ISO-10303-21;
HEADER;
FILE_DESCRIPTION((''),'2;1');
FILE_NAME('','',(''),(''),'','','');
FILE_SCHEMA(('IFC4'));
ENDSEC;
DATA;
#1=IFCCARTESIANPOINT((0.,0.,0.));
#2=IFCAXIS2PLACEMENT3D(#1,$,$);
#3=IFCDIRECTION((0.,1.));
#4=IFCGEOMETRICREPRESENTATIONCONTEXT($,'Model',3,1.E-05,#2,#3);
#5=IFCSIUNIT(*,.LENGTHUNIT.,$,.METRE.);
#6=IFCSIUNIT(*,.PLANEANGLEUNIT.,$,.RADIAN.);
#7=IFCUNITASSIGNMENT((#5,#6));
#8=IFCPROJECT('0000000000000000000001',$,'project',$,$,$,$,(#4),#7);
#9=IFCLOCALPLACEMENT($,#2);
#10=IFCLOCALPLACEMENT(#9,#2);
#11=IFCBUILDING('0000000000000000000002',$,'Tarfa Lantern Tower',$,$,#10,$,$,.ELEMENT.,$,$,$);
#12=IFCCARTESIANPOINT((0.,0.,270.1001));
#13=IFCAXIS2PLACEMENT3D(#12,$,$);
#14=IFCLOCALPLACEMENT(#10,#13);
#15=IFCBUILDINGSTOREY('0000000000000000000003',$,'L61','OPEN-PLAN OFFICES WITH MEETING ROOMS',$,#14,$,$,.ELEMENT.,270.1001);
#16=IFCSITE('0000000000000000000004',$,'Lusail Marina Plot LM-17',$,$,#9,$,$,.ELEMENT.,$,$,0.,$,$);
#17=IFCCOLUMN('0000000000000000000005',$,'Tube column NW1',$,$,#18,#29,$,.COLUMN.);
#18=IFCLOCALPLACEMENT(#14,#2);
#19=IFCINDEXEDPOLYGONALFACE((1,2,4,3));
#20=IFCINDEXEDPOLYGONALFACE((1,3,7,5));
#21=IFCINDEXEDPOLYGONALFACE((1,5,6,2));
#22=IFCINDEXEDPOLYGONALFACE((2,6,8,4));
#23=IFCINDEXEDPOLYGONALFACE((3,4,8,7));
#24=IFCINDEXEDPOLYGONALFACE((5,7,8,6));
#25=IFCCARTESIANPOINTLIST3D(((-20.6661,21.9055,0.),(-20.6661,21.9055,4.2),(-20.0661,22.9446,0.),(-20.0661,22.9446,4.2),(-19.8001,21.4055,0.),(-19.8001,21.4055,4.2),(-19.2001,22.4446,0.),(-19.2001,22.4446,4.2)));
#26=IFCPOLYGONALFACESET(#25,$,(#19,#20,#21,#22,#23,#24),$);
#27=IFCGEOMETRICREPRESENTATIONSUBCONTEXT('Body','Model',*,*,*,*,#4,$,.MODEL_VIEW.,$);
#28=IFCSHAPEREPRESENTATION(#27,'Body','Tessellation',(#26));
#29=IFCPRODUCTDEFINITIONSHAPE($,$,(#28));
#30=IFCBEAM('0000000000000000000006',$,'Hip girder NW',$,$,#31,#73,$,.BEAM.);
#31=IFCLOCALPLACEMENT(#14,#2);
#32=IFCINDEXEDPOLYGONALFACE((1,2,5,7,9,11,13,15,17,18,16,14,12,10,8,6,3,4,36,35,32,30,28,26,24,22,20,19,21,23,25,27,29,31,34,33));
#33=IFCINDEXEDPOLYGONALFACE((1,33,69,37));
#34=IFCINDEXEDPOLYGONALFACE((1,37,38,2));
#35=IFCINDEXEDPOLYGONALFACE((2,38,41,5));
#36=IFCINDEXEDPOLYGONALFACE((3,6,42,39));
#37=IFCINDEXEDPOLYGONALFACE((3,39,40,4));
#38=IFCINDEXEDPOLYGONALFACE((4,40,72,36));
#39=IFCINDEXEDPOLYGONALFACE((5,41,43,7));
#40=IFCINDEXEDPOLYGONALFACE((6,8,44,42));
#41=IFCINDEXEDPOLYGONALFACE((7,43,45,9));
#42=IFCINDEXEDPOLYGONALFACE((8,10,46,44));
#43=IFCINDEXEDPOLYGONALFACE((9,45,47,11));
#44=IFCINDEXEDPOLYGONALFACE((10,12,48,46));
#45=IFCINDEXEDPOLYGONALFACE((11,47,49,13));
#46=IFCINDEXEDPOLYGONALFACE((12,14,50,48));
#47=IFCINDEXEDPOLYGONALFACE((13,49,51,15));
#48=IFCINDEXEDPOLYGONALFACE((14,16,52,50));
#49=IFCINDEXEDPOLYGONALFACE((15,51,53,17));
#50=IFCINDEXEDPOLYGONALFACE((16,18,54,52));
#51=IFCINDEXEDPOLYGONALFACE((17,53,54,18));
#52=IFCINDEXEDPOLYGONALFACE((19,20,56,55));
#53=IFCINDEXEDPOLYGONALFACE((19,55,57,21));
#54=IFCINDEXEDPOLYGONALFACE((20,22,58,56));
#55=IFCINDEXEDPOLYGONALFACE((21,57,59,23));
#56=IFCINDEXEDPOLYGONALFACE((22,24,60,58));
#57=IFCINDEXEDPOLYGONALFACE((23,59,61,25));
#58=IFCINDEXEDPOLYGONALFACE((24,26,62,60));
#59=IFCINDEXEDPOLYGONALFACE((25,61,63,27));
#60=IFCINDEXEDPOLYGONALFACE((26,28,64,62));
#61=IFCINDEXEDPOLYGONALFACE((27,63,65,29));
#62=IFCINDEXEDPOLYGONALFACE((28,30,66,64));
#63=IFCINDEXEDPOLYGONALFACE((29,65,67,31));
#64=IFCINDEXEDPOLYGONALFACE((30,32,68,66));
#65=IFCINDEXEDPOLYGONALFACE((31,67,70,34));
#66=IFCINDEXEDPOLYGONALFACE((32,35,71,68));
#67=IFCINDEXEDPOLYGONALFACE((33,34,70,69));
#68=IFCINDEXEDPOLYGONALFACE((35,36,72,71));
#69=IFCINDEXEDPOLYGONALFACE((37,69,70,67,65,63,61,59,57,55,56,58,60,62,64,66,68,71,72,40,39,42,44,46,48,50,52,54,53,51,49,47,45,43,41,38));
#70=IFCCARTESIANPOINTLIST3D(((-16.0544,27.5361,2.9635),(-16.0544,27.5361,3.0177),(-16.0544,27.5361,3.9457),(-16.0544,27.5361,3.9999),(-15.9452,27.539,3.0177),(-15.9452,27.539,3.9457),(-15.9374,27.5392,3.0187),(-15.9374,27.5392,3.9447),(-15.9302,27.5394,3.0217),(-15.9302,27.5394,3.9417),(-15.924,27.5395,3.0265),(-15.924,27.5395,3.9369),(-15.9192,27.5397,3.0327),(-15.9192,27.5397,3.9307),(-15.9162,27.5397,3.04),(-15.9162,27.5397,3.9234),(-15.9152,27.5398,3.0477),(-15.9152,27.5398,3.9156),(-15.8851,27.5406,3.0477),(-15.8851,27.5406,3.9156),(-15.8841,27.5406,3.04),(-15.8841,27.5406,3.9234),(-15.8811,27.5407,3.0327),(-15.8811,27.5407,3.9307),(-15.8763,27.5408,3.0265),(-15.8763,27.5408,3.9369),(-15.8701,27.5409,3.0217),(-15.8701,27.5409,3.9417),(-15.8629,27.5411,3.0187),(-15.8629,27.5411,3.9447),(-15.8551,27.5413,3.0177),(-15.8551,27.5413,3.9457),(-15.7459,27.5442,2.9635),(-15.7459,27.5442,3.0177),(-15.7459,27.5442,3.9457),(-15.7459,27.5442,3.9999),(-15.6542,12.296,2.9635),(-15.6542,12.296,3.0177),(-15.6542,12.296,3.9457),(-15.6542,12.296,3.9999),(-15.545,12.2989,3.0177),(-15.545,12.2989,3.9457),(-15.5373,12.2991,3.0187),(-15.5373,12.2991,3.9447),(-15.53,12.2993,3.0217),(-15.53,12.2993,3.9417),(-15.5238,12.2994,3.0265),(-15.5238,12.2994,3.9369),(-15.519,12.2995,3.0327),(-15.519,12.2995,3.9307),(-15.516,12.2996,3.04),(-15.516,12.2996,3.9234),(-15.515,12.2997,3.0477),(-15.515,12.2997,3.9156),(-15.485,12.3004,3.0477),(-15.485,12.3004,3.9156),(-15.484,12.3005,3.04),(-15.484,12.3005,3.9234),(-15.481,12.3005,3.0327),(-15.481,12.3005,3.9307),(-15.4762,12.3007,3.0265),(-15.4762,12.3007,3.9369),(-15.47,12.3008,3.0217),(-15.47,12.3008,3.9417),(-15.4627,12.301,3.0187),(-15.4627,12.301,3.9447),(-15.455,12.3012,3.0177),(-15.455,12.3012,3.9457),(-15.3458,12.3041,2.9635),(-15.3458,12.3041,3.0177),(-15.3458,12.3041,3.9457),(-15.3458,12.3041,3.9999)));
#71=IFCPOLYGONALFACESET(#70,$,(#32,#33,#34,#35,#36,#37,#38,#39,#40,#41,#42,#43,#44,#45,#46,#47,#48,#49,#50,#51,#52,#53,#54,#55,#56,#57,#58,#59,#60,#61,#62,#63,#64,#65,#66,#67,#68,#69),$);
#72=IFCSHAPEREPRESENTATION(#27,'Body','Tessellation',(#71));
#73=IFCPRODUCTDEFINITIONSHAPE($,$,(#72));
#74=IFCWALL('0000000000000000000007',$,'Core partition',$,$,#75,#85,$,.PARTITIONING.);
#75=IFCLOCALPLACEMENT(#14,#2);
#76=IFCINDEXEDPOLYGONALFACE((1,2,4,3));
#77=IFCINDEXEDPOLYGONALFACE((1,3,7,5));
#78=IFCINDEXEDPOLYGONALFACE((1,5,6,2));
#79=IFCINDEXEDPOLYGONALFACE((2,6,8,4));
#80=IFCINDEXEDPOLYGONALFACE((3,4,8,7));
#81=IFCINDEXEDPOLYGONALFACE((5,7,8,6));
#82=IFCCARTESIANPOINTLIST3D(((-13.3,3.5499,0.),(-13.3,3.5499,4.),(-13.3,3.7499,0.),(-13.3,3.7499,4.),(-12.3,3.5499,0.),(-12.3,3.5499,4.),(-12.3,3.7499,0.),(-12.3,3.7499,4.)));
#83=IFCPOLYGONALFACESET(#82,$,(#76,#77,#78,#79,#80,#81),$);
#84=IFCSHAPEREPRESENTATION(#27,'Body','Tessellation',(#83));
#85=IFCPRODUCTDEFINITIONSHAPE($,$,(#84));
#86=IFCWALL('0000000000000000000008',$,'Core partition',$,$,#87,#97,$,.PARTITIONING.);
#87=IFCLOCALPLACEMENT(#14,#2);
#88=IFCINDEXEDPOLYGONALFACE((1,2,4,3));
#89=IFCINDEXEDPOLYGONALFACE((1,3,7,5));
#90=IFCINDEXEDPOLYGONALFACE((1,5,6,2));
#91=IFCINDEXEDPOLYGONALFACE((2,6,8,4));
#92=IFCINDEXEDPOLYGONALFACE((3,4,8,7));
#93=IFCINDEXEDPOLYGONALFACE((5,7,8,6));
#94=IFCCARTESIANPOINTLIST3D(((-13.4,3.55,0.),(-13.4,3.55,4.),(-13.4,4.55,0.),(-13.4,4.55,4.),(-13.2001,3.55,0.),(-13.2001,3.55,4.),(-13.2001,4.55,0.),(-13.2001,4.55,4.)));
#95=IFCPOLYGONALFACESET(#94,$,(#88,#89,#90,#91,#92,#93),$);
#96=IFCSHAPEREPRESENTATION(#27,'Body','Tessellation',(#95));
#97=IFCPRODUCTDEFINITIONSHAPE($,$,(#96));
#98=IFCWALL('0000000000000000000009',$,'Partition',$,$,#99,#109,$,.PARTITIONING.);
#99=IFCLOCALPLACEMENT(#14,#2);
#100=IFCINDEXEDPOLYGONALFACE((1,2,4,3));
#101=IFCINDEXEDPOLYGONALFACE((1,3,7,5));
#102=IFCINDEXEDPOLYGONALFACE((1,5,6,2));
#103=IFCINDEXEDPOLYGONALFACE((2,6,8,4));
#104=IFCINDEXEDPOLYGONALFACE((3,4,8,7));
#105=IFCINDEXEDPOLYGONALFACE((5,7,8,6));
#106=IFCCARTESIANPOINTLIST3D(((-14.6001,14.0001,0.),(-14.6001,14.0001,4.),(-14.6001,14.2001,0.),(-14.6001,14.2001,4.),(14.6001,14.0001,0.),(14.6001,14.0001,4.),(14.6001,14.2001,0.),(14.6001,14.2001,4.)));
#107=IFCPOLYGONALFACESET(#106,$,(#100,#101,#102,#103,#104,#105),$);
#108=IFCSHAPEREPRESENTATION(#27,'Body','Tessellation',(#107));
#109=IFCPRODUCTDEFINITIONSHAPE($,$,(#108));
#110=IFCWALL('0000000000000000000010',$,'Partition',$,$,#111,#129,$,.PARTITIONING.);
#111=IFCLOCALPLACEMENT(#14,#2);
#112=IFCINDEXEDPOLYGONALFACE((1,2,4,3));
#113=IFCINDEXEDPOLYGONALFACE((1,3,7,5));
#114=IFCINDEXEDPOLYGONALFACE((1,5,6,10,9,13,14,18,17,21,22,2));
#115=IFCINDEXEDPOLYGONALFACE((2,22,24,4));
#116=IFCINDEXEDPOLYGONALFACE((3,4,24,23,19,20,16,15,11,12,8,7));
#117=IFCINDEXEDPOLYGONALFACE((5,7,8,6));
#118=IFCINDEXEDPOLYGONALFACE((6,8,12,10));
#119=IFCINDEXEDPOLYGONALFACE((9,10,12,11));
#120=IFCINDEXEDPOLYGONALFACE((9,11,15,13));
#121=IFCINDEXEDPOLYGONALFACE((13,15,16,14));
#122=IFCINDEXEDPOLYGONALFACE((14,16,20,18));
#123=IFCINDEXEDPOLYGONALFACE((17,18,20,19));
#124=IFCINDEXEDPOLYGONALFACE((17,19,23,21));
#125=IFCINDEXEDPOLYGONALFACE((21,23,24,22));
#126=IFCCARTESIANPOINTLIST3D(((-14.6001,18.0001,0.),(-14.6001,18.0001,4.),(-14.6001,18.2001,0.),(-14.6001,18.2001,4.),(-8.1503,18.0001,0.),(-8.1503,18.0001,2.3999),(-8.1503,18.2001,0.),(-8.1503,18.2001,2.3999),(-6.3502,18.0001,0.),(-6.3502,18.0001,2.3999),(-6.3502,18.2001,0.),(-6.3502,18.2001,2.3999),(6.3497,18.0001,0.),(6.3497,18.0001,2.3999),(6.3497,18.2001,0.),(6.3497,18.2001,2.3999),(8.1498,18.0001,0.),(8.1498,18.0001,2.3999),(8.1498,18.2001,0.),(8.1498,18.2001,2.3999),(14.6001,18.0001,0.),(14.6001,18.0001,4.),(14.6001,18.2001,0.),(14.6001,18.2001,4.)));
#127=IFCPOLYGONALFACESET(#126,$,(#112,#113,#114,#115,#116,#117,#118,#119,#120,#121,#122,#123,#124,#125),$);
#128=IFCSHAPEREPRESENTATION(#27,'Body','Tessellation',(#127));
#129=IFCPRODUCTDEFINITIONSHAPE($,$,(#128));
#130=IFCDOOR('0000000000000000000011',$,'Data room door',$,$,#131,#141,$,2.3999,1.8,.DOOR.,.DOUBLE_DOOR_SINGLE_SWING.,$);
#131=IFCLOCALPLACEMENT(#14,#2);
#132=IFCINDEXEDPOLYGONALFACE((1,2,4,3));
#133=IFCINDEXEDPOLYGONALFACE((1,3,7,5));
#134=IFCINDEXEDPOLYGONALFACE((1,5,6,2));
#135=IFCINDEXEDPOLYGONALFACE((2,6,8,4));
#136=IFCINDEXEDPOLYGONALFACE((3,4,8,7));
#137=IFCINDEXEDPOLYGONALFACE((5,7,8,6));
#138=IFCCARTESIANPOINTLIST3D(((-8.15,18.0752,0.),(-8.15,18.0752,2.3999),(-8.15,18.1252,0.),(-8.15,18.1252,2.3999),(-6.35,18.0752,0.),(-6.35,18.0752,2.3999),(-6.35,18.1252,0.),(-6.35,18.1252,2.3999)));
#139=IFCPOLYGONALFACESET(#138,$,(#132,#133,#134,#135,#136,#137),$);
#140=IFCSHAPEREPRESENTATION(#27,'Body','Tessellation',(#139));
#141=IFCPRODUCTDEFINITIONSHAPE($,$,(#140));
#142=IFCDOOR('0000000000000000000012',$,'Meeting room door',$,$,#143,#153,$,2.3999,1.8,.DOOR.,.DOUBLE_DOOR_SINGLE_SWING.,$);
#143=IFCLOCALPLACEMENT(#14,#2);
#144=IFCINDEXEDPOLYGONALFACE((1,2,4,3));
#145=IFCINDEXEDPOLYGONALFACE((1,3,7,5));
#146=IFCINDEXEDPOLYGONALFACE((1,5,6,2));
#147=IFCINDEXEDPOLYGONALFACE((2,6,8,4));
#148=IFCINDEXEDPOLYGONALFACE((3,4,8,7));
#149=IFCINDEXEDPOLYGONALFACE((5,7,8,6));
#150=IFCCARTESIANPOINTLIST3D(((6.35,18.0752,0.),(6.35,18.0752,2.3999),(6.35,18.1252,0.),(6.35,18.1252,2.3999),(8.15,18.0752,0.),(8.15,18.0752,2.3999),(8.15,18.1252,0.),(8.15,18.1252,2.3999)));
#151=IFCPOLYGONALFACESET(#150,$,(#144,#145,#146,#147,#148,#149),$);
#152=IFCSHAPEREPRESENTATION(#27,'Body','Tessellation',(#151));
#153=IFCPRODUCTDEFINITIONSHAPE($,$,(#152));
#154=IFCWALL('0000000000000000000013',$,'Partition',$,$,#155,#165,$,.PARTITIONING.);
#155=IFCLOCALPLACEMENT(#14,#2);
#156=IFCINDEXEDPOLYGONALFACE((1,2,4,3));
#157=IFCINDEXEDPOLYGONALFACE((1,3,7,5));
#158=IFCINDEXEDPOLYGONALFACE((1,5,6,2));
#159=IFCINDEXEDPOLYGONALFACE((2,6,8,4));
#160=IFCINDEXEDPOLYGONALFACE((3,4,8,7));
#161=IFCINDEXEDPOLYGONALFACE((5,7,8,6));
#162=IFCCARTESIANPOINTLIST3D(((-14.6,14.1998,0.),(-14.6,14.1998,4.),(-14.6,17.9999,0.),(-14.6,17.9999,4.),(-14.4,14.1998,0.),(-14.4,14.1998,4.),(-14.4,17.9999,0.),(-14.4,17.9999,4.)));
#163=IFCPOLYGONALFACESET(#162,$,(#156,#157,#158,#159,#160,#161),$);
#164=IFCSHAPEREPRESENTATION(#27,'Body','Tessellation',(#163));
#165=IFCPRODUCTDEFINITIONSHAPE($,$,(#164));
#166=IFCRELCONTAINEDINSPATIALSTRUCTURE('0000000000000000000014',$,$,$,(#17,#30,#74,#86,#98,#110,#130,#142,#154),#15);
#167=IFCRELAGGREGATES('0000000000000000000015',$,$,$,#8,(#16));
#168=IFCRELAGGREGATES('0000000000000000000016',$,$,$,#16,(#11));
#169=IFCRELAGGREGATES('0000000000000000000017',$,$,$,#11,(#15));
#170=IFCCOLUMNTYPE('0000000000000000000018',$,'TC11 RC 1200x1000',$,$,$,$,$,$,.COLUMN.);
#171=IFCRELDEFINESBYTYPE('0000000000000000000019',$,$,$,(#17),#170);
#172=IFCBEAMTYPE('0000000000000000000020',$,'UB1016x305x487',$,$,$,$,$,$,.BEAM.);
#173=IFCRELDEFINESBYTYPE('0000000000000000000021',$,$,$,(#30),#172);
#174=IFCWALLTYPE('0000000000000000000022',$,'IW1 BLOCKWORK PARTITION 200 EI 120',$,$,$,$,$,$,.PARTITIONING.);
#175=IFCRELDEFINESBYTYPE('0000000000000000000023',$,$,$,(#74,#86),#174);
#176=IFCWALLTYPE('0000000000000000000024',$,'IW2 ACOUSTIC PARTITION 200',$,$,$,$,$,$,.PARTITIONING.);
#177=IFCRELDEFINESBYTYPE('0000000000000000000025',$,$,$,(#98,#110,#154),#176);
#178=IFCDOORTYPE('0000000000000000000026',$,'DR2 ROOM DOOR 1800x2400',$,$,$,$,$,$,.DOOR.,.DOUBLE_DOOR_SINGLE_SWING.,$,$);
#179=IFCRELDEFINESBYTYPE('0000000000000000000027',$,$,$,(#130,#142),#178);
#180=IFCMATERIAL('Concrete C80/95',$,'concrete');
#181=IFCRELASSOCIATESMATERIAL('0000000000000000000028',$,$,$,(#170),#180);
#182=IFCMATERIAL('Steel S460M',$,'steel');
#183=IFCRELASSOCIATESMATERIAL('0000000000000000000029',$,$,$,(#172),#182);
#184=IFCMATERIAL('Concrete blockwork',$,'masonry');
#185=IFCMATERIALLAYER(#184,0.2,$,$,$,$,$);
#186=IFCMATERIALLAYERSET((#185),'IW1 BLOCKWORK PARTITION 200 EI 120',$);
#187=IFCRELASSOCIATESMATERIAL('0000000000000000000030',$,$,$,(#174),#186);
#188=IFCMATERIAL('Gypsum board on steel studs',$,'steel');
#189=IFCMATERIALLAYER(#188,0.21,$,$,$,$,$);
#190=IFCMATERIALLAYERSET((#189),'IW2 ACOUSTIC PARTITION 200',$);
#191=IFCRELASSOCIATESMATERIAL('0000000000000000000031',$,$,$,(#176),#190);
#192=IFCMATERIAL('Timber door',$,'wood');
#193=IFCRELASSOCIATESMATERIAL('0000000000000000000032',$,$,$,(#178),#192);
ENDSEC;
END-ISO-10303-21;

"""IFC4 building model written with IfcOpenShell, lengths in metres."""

from ifc_helpers import new_model, si_unit, direction, frame, frame_2d, origin, origin_2d, place, context, subcontext, project, spatial, rectangle, i_section, extrude, material, layer, layer_set, material_profile, profile_set, type_object, element, fill, save


model = new_model("IFC4")

# Units and contexts
model_context = context("Model", 3, precision=1e-05, world=origin(), true_north=direction((0.0, 1.0)))
body_context = subcontext(model_context, "Body", "Model", "MODEL_VIEW")
ifc_project = project(units=[si_unit("LENGTHUNIT", "METRE"), si_unit("PLANEANGLEUNIT", "RADIAN")], contexts=[model_context])

# Site, building, storey
site_placement = place(None, origin())
site = spatial("IfcSite", under=ifc_project, at=site_placement, Name="Lusail Marina Plot LM-17", CompositionType="ELEMENT", RefElevation=0.0)
building_placement = place(site_placement, origin())
building = spatial("IfcBuilding", under=site, at=building_placement, Name="Tarfa Lantern Tower", CompositionType="ELEMENT")
storey_placement = place(building_placement, frame((0.0, 0.0, 270.1001)))
storey = spatial("IfcBuildingStorey", under=building, at=storey_placement, Name="L61", Description="OPEN-PLAN OFFICES WITH MEETING ROOMS", CompositionType="ELEMENT", Elevation=270.1001)

# Column
ifc_material_1 = material(Name="Concrete C80/95", Category="concrete")
ifc_material_profile_1 = material_profile(ifc_material_1, rectangle(XDim=1.2, YDim=1.0, at=origin_2d()), Name="RC 1200x1000")
ifc_profile_set_1 = profile_set([ifc_material_profile_1], Name="Concrete C80/95")
column_type = type_object("IfcColumnType", Name="TC11 RC 1200x1000", PredefinedType="COLUMN", material=ifc_profile_set_1)
column_placement = place(storey_placement, frame((-19.9331, 22.175, 0.0), z_axis=(0.0, 0.0, 1.0), x_axis=(-0.5, -0.866025, 0.0)))
element("IfcColumn", 1, at=column_placement, inside=storey, type_object=column_type, Name="Tube column NW1", PredefinedType="COLUMN", context=body_context, shape_type="SweptSolid", body=[
    extrude(rectangle(XDim=1.2, YDim=1.0, at=origin_2d()), origin(), (0.0, 0.0, 1.0), 4.2),
])

# Beam
ifc_material_2 = material(Name="Steel S460M", Category="steel")
ifc_material_profile_2 = material_profile(ifc_material_2, i_section(OverallWidth=0.3086, OverallDepth=1.0364, WebThickness=0.03, FlangeThickness=0.0542, FilletRadius=0.03, at=origin_2d()), Name="UB1016x305x487")
ifc_profile_set_2 = profile_set([ifc_material_profile_2], Name="Steel S460M")
beam_type = type_object("IfcBeamType", Name="UB1016x305x487", PredefinedType="BEAM", material=ifc_profile_set_2)
beam_placement = place(storey_placement, frame((-15.5, 12.3, 3.4817), z_axis=(-0.026247, 0.999655, 0.0), x_axis=(-0.999655, -0.026247, 0.0)))
element("IfcBeam", 2, at=beam_placement, inside=storey, type_object=beam_type, Name="Hip girder NW", PredefinedType="BEAM", context=body_context, shape_type="SweptSolid", body=[
    extrude(i_section(OverallWidth=0.3086, OverallDepth=1.0364, WebThickness=0.03, FlangeThickness=0.0542, FilletRadius=0.03, at=origin_2d()), origin(), (0.0, 0.0, 1.0), 15.2454),
])

# Walls
ifc_material_3 = material(Name="Concrete blockwork", Category="masonry")
ifc_layer_1 = layer(ifc_material_3, 0.2)
ifc_layer_set_1 = layer_set([ifc_layer_1], Name="IW1 BLOCKWORK PARTITION 200 EI 120")
wall_type_1 = type_object("IfcWallType", Name="IW1 BLOCKWORK PARTITION 200 EI 120", PredefinedType="PARTITIONING", material=ifc_layer_set_1)
for number, where, z_axis, x_axis, name in (
    (3, (-13.3, 3.6499, 0.0), (0.0, 0.0, 1.0), (1.0, 0.0, 0.0), "Core partition"),
    (4, (-13.3, 3.55, 0.0), (0.0, 0.0, 1.0), (0.0, 1.0, 0.0), "Core partition"),
):
    element("IfcWall", number, at=place(storey_placement, frame(where, z_axis=z_axis, x_axis=x_axis)), inside=storey, type_object=wall_type_1, Name=name, PredefinedType="PARTITIONING", context=body_context, shape_type="SweptSolid", body=[
        extrude(rectangle(XDim=1.0, YDim=0.2, at=frame_2d((0.5, 0.0))), origin(), (0.0, 0.0, 1.0), 4.0),
    ])
ifc_material_4 = material(Name="Gypsum board on steel studs", Category="steel")
ifc_layer_2 = layer(ifc_material_4, 0.21)
ifc_layer_set_2 = layer_set([ifc_layer_2], Name="IW2 ACOUSTIC PARTITION 200")
wall_type_2 = type_object("IfcWallType", Name="IW2 ACOUSTIC PARTITION 200", PredefinedType="PARTITIONING", material=ifc_layer_set_2)
wall_1_placement = place(storey_placement, frame((-14.6001, 14.1001, 0.0), z_axis=(0.0, 0.0, 1.0), x_axis=(1.0, 0.0, 0.0)))
element("IfcWall", 5, at=wall_1_placement, inside=storey, type_object=wall_type_2, Name="Partition", PredefinedType="PARTITIONING", context=body_context, shape_type="SweptSolid", body=[
    extrude(rectangle(XDim=29.2002, YDim=0.2, at=frame_2d((14.6001, 0.0))), origin(), (0.0, 0.0, 1.0), 4.0),
])

# Wall, openings, doors
wall_2_placement = place(storey_placement, frame((-14.6001, 18.1001, 0.0), z_axis=(0.0, 0.0, 1.0), x_axis=(1.0, 0.0, 0.0)))
wall_2 = element("IfcWall", 6, at=wall_2_placement, inside=storey, type_object=wall_type_2, Name="Partition", PredefinedType="PARTITIONING", context=body_context, shape_type="SweptSolid", body=[
    extrude(rectangle(XDim=29.2002, YDim=0.2, at=frame_2d((14.6001, 0.0))), origin(), (0.0, 0.0, 1.0), 4.0),
])
opening_1_placement = place(wall_2_placement, frame((6.45, 0.0, 0.0)))
opening_1 = element("IfcOpeningElement", 7, at=opening_1_placement, cuts=wall_2, PredefinedType="OPENING", context=body_context, shape_type="SweptSolid", body=[
    extrude(rectangle(XDim=1.8, YDim=2.3999, at=frame_2d((0.8999, 1.2))), frame((0.0, 0.1099, 0.0), z_axis=(0.0, -1.0, 0.0), x_axis=(1.0, 0.0, 0.0)), (0.0, 0.0, 1.0), 0.22),
])
opening_2_placement = place(wall_2_placement, frame((20.95, 0.0, 0.0)))
opening_2 = element("IfcOpeningElement", 8, at=opening_2_placement, cuts=wall_2, PredefinedType="OPENING", context=body_context, shape_type="SweptSolid", body=[
    extrude(rectangle(XDim=1.8, YDim=2.3999, at=frame_2d((0.8999, 1.2))), frame((0.0, 0.1099, 0.0), z_axis=(0.0, -1.0, 0.0), x_axis=(1.0, 0.0, 0.0)), (0.0, 0.0, 1.0), 0.22),
])
ifc_material_5 = material(Name="Timber door", Category="wood")
door_type_1 = type_object("IfcDoorType", Name="DR2 ROOM DOOR 1800x2400", OperationType="DOUBLE_DOOR_SINGLE_SWING", PredefinedType="DOOR", material=ifc_material_5)
door_1_placement = place(opening_1_placement, frame((1.8, 0.0, 0.0), z_axis=(0.0, 0.0, 1.0), x_axis=(-1.0, 0.0, 0.0)))
door_1 = element("IfcDoor", 9, at=door_1_placement, inside=storey, type_object=door_type_1, Name="Data room door", OperationType="DOUBLE_DOOR_SINGLE_SWING", OverallHeight=2.3999, OverallWidth=1.8, PredefinedType="DOOR", context=body_context, shape_type="SweptSolid", body=[
    extrude(rectangle(XDim=1.8, YDim=2.3999, at=frame_2d((0.8999, 1.2))), frame((0.0, 0.0249, 0.0), z_axis=(0.0, -1.0, 0.0), x_axis=(1.0, 0.0, 0.0)), (0.0, 0.0, 1.0), 0.05),
])
fill(opening_1, door_1)
door_2_placement = place(opening_2_placement, frame((1.8, 0.0, 0.0), z_axis=(0.0, 0.0, 1.0), x_axis=(-1.0, 0.0, 0.0)))
door_2 = element("IfcDoor", 10, at=door_2_placement, inside=storey, type_object=door_type_1, Name="Meeting room door", OperationType="DOUBLE_DOOR_SINGLE_SWING", OverallHeight=2.3999, OverallWidth=1.8, PredefinedType="DOOR", context=body_context, shape_type="SweptSolid", body=[
    extrude(rectangle(XDim=1.8, YDim=2.3999, at=frame_2d((0.8999, 1.2))), frame((0.0, 0.0249, 0.0), z_axis=(0.0, -1.0, 0.0), x_axis=(1.0, 0.0, 0.0)), (0.0, 0.0, 1.0), 0.05),
])
fill(opening_2, door_2)

# Wall
wall_3_placement = place(storey_placement, frame((-14.5, 14.2, 0.0), z_axis=(0.0, 0.0, 1.0), x_axis=(0.0, 1.0, 0.0)))
element("IfcWall", 11, at=wall_3_placement, inside=storey, type_object=wall_type_2, Name="Partition", PredefinedType="PARTITIONING", context=body_context, shape_type="SweptSolid", body=[
    extrude(rectangle(XDim=3.8, YDim=0.2, at=frame_2d((1.8999, 0.0))), origin(), (0.0, 0.0, 1.0), 4.0),
])

save(model, "model.ifc")
